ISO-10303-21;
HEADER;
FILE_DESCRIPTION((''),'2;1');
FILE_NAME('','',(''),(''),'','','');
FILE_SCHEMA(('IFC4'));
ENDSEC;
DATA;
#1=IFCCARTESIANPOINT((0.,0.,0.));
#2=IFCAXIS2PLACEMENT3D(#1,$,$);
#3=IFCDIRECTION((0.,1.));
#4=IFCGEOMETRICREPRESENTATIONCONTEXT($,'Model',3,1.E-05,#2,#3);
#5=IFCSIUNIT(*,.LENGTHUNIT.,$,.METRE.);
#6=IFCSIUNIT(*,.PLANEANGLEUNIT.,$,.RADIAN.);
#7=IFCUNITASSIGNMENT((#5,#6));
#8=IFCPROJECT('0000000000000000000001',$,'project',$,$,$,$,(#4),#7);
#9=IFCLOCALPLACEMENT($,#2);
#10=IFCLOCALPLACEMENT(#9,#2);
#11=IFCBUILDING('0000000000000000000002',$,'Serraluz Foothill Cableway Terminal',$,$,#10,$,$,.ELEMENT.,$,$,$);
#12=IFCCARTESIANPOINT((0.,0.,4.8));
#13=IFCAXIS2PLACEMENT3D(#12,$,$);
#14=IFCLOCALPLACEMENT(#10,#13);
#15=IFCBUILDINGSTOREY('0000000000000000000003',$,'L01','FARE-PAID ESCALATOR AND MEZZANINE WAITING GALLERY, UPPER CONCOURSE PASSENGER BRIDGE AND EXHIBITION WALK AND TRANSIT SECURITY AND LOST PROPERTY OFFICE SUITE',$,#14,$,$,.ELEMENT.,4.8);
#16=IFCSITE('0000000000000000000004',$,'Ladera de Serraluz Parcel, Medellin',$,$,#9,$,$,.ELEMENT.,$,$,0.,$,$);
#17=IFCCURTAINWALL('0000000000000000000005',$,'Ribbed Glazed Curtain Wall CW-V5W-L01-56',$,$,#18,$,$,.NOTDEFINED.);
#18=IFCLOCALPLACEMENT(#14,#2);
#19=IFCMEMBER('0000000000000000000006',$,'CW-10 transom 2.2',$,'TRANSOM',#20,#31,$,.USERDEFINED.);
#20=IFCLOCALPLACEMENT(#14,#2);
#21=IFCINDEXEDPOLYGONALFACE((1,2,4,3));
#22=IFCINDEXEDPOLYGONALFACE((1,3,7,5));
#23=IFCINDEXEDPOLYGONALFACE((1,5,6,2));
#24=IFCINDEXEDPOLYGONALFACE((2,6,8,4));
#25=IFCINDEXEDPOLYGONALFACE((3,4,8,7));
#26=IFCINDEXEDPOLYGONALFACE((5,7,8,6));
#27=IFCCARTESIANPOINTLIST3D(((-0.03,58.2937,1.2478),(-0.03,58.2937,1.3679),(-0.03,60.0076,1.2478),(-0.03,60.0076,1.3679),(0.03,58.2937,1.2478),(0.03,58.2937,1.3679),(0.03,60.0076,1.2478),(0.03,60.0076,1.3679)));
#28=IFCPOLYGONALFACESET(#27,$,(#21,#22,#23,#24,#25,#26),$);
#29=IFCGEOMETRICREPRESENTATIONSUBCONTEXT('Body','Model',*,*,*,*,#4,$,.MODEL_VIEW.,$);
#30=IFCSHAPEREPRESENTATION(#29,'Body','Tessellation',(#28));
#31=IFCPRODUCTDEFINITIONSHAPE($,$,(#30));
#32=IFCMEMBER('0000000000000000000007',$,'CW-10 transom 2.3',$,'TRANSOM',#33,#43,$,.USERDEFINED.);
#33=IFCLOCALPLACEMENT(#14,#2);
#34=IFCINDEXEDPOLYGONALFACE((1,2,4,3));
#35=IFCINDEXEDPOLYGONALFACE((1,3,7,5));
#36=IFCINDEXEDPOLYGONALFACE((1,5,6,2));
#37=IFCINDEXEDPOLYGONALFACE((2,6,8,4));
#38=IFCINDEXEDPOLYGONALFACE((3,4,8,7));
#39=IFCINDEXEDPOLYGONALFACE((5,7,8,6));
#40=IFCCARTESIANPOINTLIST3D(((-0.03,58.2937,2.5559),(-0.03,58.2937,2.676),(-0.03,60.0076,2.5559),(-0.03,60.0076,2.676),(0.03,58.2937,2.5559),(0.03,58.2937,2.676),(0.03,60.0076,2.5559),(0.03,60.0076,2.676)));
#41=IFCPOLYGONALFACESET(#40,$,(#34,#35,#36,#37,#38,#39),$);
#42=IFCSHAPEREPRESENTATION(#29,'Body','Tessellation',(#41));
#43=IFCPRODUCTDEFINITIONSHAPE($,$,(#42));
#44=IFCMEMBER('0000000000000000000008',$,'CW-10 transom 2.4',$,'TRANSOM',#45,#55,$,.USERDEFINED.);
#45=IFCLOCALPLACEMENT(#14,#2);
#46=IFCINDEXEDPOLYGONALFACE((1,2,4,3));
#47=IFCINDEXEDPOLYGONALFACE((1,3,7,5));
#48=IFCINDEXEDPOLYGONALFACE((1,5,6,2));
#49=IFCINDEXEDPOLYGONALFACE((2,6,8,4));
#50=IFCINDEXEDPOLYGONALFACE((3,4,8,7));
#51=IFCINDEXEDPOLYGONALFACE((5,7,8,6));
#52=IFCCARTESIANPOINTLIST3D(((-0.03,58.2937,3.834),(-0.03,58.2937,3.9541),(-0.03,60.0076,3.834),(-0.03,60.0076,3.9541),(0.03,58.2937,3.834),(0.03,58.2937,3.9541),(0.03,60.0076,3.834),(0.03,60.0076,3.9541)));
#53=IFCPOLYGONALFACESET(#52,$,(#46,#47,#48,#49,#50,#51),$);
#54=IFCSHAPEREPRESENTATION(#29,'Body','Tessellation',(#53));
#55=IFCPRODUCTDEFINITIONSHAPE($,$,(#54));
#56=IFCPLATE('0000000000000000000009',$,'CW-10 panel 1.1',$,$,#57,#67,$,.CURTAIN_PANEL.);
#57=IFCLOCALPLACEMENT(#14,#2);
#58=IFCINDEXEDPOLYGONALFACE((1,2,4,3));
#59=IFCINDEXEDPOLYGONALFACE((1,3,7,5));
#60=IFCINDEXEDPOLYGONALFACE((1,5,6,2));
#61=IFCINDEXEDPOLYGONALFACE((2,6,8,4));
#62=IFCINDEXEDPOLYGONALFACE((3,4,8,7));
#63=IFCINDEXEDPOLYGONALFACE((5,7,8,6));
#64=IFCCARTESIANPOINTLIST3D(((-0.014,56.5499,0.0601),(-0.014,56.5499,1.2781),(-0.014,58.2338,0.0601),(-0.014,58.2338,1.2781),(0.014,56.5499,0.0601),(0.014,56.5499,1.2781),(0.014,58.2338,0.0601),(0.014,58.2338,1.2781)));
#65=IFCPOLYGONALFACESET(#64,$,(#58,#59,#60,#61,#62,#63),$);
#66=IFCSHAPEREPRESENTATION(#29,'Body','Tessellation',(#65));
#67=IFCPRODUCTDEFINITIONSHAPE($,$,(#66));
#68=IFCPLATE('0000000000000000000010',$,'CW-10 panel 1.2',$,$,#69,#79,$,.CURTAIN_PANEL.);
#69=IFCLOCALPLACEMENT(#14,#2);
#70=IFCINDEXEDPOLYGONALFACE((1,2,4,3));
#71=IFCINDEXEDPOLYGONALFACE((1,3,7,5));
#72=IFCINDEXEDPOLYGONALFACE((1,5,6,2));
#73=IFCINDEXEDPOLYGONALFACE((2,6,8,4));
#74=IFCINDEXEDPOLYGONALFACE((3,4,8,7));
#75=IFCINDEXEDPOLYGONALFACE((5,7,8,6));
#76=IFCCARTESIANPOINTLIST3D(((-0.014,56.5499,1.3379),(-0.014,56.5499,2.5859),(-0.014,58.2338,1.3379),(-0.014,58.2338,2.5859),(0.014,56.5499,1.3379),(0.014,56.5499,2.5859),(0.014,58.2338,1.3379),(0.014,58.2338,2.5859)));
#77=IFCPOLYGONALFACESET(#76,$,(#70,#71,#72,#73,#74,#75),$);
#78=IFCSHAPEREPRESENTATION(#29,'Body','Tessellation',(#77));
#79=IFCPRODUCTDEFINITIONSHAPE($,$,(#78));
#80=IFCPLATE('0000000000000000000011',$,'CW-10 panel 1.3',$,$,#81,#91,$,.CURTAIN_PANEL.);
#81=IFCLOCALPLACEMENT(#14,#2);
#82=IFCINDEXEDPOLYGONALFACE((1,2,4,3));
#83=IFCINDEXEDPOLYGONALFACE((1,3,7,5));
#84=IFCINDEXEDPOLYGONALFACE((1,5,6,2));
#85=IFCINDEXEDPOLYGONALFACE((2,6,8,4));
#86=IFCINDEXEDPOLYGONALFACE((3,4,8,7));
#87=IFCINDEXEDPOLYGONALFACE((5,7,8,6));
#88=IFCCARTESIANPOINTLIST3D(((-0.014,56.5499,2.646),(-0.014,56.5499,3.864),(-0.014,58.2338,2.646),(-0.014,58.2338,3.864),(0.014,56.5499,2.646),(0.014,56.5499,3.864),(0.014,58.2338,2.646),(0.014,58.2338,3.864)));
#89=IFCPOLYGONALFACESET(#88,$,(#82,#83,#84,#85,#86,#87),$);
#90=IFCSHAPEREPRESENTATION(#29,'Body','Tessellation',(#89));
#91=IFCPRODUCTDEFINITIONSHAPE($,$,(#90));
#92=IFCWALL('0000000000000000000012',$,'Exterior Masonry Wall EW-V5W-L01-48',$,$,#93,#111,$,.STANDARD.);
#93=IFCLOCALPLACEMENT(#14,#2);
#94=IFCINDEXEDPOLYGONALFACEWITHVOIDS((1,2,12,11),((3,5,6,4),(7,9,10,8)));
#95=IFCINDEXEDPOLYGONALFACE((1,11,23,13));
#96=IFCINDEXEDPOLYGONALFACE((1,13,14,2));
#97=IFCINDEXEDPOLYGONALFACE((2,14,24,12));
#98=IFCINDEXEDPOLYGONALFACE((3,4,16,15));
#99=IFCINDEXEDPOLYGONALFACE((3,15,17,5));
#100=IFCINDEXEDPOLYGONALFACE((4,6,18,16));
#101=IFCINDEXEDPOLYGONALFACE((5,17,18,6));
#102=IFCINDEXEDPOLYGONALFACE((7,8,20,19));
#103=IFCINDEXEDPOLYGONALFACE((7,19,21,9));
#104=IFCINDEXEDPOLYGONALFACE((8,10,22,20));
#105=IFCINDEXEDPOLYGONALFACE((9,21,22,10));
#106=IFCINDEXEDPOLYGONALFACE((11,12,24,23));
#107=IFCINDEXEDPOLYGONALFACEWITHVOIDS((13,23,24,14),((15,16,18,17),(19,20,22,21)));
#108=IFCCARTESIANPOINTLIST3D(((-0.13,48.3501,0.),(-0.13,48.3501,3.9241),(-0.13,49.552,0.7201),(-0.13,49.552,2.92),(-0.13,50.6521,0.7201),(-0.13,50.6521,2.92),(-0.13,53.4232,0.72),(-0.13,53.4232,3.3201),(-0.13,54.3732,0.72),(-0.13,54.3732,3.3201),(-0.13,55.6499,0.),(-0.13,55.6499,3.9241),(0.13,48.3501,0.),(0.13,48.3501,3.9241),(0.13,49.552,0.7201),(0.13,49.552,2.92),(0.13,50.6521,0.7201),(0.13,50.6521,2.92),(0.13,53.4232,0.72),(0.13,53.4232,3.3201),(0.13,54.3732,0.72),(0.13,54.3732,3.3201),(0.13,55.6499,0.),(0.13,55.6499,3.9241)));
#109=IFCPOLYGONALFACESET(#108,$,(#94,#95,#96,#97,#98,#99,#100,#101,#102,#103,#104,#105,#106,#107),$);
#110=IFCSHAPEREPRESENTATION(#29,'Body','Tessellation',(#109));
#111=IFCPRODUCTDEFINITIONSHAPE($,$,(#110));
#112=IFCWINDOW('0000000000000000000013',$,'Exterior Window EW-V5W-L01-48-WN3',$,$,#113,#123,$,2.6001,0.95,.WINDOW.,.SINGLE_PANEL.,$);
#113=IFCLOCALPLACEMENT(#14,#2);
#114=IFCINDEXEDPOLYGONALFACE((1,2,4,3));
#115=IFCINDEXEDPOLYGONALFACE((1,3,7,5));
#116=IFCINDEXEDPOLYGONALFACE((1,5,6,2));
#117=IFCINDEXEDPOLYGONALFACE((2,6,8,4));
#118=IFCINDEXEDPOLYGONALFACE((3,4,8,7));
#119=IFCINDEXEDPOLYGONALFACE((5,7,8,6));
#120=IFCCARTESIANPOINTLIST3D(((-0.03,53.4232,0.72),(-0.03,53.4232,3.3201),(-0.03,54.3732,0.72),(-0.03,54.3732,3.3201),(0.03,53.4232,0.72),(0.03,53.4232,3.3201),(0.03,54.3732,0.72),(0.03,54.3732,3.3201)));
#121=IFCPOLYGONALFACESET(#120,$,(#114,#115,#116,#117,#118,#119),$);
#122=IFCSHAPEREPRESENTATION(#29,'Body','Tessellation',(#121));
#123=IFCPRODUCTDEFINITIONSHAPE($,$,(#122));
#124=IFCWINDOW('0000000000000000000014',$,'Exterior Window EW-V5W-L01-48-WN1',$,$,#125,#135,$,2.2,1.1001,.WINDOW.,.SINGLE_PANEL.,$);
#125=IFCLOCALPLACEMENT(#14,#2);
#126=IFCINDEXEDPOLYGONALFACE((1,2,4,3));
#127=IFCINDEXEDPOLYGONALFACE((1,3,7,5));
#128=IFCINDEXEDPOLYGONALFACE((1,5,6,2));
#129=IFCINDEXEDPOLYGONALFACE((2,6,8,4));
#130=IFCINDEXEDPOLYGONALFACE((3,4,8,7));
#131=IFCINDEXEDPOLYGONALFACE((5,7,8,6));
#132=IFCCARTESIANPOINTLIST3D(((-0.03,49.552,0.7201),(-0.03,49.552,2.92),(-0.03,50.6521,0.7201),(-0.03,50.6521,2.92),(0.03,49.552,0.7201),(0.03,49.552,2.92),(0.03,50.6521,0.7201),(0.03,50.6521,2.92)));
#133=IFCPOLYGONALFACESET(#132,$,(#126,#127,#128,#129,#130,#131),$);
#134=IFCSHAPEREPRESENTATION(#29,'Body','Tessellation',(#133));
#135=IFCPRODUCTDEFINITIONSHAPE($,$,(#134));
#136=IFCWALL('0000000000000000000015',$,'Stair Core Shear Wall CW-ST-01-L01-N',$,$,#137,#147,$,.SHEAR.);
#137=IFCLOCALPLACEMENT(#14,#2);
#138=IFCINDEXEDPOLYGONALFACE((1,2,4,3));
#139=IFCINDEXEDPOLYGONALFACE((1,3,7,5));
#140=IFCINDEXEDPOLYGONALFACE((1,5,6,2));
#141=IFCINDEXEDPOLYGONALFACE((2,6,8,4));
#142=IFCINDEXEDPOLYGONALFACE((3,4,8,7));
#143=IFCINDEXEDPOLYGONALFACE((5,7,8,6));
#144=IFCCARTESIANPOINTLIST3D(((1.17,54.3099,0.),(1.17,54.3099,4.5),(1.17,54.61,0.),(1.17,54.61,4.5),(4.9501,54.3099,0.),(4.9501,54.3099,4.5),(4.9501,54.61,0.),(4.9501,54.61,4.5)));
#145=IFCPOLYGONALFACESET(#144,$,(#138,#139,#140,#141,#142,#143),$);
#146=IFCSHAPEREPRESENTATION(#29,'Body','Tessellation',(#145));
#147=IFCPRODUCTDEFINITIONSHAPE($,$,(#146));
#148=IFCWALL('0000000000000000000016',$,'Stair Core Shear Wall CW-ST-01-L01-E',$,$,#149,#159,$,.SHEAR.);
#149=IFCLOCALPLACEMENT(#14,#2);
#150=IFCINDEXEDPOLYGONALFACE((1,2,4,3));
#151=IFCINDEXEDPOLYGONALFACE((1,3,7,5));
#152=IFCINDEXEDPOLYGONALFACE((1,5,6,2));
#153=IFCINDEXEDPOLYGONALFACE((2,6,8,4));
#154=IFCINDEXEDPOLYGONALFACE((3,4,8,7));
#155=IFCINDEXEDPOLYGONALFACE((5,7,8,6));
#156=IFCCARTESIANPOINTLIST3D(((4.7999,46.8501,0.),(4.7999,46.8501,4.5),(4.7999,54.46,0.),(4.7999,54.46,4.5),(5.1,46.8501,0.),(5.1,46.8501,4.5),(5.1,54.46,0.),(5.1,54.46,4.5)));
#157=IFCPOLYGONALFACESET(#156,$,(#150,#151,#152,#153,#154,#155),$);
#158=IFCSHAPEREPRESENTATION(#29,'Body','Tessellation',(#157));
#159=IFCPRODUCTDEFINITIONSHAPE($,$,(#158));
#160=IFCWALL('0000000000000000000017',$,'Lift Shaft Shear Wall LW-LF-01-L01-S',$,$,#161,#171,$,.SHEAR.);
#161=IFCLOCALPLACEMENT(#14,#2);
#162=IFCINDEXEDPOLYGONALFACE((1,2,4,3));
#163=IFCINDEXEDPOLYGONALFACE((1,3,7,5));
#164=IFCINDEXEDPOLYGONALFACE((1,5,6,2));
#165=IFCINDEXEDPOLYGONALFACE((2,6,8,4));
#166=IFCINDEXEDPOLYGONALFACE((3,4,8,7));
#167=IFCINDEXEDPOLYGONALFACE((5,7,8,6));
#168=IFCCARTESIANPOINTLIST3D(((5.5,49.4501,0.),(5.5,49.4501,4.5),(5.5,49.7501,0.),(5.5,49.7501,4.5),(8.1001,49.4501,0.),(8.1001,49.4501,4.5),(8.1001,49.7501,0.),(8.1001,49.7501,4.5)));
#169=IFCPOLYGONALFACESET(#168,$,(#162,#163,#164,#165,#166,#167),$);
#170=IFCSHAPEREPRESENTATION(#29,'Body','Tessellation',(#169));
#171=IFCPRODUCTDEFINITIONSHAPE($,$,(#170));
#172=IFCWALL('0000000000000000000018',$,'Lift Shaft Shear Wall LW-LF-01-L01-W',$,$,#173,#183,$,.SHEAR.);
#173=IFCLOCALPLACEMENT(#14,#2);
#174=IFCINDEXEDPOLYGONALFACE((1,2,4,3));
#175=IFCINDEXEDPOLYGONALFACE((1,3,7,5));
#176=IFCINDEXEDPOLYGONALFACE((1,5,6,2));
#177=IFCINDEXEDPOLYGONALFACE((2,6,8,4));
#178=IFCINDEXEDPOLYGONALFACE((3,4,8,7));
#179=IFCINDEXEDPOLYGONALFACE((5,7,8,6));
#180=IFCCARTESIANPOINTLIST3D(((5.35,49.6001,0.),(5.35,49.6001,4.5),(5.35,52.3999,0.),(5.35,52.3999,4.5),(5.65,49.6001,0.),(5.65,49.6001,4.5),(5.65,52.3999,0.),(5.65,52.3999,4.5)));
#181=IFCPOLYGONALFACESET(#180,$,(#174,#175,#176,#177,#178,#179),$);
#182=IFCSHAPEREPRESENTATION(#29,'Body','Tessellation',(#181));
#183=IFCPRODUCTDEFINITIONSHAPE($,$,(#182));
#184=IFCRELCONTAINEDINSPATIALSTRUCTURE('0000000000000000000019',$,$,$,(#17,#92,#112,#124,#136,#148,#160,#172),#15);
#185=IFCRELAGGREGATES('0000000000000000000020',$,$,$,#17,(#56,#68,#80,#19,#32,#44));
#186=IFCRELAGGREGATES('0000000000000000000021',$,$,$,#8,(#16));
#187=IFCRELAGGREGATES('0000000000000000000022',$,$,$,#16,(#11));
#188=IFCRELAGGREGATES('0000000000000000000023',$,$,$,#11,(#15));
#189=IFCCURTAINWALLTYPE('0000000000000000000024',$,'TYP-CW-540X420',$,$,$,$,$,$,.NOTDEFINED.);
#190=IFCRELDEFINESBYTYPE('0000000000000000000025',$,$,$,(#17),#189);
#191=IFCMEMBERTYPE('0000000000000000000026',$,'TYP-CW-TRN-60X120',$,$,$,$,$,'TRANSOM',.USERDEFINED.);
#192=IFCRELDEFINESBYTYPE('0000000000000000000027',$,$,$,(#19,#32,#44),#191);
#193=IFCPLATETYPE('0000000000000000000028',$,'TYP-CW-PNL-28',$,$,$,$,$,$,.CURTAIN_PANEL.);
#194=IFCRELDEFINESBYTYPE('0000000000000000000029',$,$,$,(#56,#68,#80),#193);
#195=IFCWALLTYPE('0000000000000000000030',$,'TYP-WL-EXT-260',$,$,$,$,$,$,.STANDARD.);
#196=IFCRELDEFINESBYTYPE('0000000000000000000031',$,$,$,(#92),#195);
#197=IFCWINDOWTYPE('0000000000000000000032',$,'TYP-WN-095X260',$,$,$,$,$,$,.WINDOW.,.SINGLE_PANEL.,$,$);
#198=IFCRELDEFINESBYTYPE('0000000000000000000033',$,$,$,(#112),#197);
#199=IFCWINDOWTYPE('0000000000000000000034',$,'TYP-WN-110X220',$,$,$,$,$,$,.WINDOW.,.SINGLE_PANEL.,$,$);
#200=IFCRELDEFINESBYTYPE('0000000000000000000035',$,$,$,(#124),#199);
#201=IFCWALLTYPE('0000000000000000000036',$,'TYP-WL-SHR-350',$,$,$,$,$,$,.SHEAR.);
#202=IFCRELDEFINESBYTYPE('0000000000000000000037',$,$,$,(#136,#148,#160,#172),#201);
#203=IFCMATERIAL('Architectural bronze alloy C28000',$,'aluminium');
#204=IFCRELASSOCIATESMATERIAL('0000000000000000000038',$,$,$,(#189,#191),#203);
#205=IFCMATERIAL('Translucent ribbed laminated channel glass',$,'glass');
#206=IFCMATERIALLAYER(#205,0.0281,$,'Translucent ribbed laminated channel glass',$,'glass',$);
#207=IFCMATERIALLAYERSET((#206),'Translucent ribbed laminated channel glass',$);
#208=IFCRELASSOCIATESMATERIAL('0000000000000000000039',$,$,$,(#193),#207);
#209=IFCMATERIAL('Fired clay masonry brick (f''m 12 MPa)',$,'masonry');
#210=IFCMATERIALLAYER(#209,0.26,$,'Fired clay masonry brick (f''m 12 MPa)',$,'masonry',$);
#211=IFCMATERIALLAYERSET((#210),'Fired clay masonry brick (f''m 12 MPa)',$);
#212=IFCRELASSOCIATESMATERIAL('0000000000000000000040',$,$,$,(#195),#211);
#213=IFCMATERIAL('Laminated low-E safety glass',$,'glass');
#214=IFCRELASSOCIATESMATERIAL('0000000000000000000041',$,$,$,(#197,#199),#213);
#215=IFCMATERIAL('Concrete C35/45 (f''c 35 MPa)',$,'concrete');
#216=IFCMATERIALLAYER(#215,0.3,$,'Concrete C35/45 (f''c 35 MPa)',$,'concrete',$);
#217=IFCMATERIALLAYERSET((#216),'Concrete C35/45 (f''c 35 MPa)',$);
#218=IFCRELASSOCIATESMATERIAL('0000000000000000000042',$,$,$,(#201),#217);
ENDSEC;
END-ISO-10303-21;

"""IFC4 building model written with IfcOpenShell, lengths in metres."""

from ifc_helpers import new_model, si_unit, direction, frame, frame_2d, origin, origin_2d, place, context, subcontext, project, spatial, rectangle, extrude, material, layer, layer_set, material_profile, profile_set, type_object, element, fill, aggregate, save


model = new_model("IFC4")

# Units and contexts
model_context = context("Model", 3, precision=1e-05, world=origin(), true_north=direction((0.0, 1.0)))
body_context = subcontext(model_context, "Body", "Model", "MODEL_VIEW")
ifc_project = project(units=[si_unit("LENGTHUNIT", "METRE"), si_unit("PLANEANGLEUNIT", "RADIAN")], contexts=[model_context])

# Site, building, storey
site_placement = place(None, origin())
site = spatial("IfcSite", under=ifc_project, at=site_placement, Name="Ladera de Serraluz Parcel, Medellin", CompositionType="ELEMENT", RefElevation=0.0)
building_placement = place(site_placement, origin())
building = spatial("IfcBuilding", under=site, at=building_placement, Name="Serraluz Foothill Cableway Terminal", CompositionType="ELEMENT")
storey_placement = place(building_placement, frame((0.0, 0.0, 4.8)))
storey = spatial("IfcBuildingStorey", under=building, at=storey_placement, Name="L01", Description="FARE-PAID ESCALATOR AND MEZZANINE WAITING GALLERY, UPPER CONCOURSE PASSENGER BRIDGE AND EXHIBITION WALK AND TRANSIT SECURITY AND LOST PROPERTY OFFICE SUITE", CompositionType="ELEMENT", Elevation=4.8)

# Shared definitions
ifc_material_1 = material(Name="Concrete C35/45 (f'c 35 MPa)", Category="concrete")
ifc_material_2 = material(Name="Fired clay masonry brick (f'm 12 MPa)", Category="masonry")

# Curtain wall, members, plates
ifc_material_3 = material(Name="Architectural bronze alloy C28000", Category="aluminium")
curtain_wall_type = type_object("IfcCurtainWallType", Name="TYP-CW-540X420", PredefinedType="NOTDEFINED", material=ifc_material_3)
curtain_wall_placement = place(storey_placement, origin())
curtain_wall = element("IfcCurtainWall", 1, at=curtain_wall_placement, inside=storey, type_object=curtain_wall_type, Name="Ribbed Glazed Curtain Wall CW-V5W-L01-56", PredefinedType="NOTDEFINED")
ifc_material_profile_1 = material_profile(ifc_material_3, rectangle(XDim=0.0601, YDim=0.1201, at=origin_2d()), Name="ALU TRANSOM 60x120")
ifc_profile_set_1 = profile_set([ifc_material_profile_1], Name="Architectural bronze alloy C28000")
member_type_1 = type_object("IfcMemberType", Name="TYP-CW-TRN-60X120", ElementType="TRANSOM", PredefinedType="USERDEFINED", material=ifc_profile_set_1)
member_1_placement = place(storey_placement, frame((0.0, 58.2937, 1.3079), z_axis=(0.0, 1.0, 0.0), x_axis=(-1.0, 0.0, 0.0)))
member_1 = element("IfcMember", 2, at=member_1_placement, type_object=member_type_1, Name="CW-10 transom 2.2", ObjectType="TRANSOM", PredefinedType="USERDEFINED", context=body_context, shape_type="SweptSolid", body=[
    extrude(rectangle(XDim=0.0601, YDim=0.1201, at=origin_2d()), origin(), (0.0, 0.0, 1.0), 1.7139),
])
member_2_placement = place(storey_placement, frame((0.0, 58.2937, 2.616), z_axis=(0.0, 1.0, 0.0), x_axis=(-1.0, 0.0, 0.0)))
member_2 = element("IfcMember", 3, at=member_2_placement, type_object=member_type_1, Name="CW-10 transom 2.3", ObjectType="TRANSOM", PredefinedType="USERDEFINED", context=body_context, shape_type="SweptSolid", body=[
    extrude(rectangle(XDim=0.0601, YDim=0.1201, at=origin_2d()), origin(), (0.0, 0.0, 1.0), 1.7139),
])
member_3_placement = place(storey_placement, frame((0.0, 58.2937, 3.894), z_axis=(0.0, 1.0, 0.0), x_axis=(-1.0, 0.0, 0.0)))
member_3 = element("IfcMember", 4, at=member_3_placement, type_object=member_type_1, Name="CW-10 transom 2.4", ObjectType="TRANSOM", PredefinedType="USERDEFINED", context=body_context, shape_type="SweptSolid", body=[
    extrude(rectangle(XDim=0.0601, YDim=0.1201, at=origin_2d()), origin(), (0.0, 0.0, 1.0), 1.7139),
])
ifc_material_4 = material(Name="Translucent ribbed laminated channel glass", Category="glass")
ifc_layer_1 = layer(ifc_material_4, 0.0281, Name="Translucent ribbed laminated channel glass", Category="glass")
ifc_layer_set_1 = layer_set([ifc_layer_1], Name="Translucent ribbed laminated channel glass")
plate_type = type_object("IfcPlateType", Name="TYP-CW-PNL-28", PredefinedType="CURTAIN_PANEL", material=ifc_layer_set_1)
plate_1_placement = place(storey_placement, frame((0.0, 57.3918, 0.0601), z_axis=(0.0, 0.0, 1.0), x_axis=(0.0, 1.0, 0.0)))
plate_1 = element("IfcPlate", 5, at=plate_1_placement, type_object=plate_type, Name="CW-10 panel 1.1", PredefinedType="CURTAIN_PANEL", context=body_context, shape_type="SweptSolid", body=[
    extrude(rectangle(XDim=1.6838, YDim=0.0281, at=origin_2d()), origin(), (0.0, 0.0, 1.0), 1.218),
])
plate_2_placement = place(storey_placement, frame((0.0, 57.3918, 1.3379), z_axis=(0.0, 0.0, 1.0), x_axis=(0.0, 1.0, 0.0)))
plate_2 = element("IfcPlate", 6, at=plate_2_placement, type_object=plate_type, Name="CW-10 panel 1.2", PredefinedType="CURTAIN_PANEL", context=body_context, shape_type="SweptSolid", body=[
    extrude(rectangle(XDim=1.6838, YDim=0.0281, at=origin_2d()), origin(), (0.0, 0.0, 1.0), 1.248),
])
plate_3_placement = place(storey_placement, frame((0.0, 57.3918, 2.646), z_axis=(0.0, 0.0, 1.0), x_axis=(0.0, 1.0, 0.0)))
plate_3 = element("IfcPlate", 7, at=plate_3_placement, type_object=plate_type, Name="CW-10 panel 1.3", PredefinedType="CURTAIN_PANEL", context=body_context, shape_type="SweptSolid", body=[
    extrude(rectangle(XDim=1.6838, YDim=0.0281, at=origin_2d()), origin(), (0.0, 0.0, 1.0), 1.218),
])
aggregate(curtain_wall, [plate_1, plate_2, plate_3, member_1, member_2, member_3])

# Wall, openings, windows
ifc_layer_2 = layer(ifc_material_2, 0.26, Name="Fired clay masonry brick (f'm 12 MPa)", Category="masonry")
ifc_layer_set_2 = layer_set([ifc_layer_2], Name="Fired clay masonry brick (f'm 12 MPa)")
wall_type_1 = type_object("IfcWallType", Name="TYP-WL-EXT-260", PredefinedType="STANDARD", material=ifc_layer_set_2)
wall_1_placement = place(storey_placement, frame((0.0, 48.3501, 0.0), z_axis=(0.0, 0.0, 1.0), x_axis=(0.0, 1.0, 0.0)))
wall_1 = element("IfcWall", 8, at=wall_1_placement, inside=storey, type_object=wall_type_1, Name="Exterior Masonry Wall EW-V5W-L01-48", PredefinedType="STANDARD", context=body_context, shape_type="SweptSolid", body=[
    extrude(rectangle(XDim=7.2998, YDim=0.26, at=frame_2d((3.6499, 0.0))), origin(), (0.0, 0.0, 1.0), 3.9241),
])
opening_1_placement = place(wall_1_placement, frame((1.2019, 0.0, 0.72)))
opening_1 = element("IfcOpeningElement", 9, at=opening_1_placement, cuts=wall_1, PredefinedType="OPENING", context=body_context, shape_type="SweptSolid", body=[
    extrude(rectangle(XDim=1.1001, YDim=2.2, at=frame_2d((0.55, 1.1001))), frame((0.0, 0.1401, 0.0), z_axis=(0.0, -1.0, 0.0), x_axis=(1.0, 0.0, 0.0)), (0.0, 0.0, 1.0), 0.28),
])
opening_2_placement = place(wall_1_placement, frame((5.073, 0.0, 0.72)))
opening_2 = element("IfcOpeningElement", 10, at=opening_2_placement, cuts=wall_1, PredefinedType="OPENING", context=body_context, shape_type="SweptSolid", body=[
    extrude(rectangle(XDim=0.95, YDim=2.6001, at=frame_2d((0.4751, 1.3))), frame((0.0, 0.1401, 0.0), z_axis=(0.0, -1.0, 0.0), x_axis=(1.0, 0.0, 0.0)), (0.0, 0.0, 1.0), 0.28),
])
ifc_material_5 = material(Name="Laminated low-E safety glass", Category="glass")
window_type_1 = type_object("IfcWindowType", Name="TYP-WN-095X260", PartitioningType="SINGLE_PANEL", PredefinedType="WINDOW", material=ifc_material_5)
window_1_placement = place(opening_2_placement, origin())
window_1 = element("IfcWindow", 11, at=window_1_placement, inside=storey, type_object=window_type_1, Name="Exterior Window EW-V5W-L01-48-WN3", OverallHeight=2.6001, OverallWidth=0.95, PartitioningType="SINGLE_PANEL", PredefinedType="WINDOW", context=body_context, shape_type="SweptSolid", body=[
    extrude(rectangle(XDim=0.95, YDim=2.6001, at=frame_2d((0.4751, 1.3))), frame((0.0, 0.03, 0.0), z_axis=(0.0, -1.0, 0.0), x_axis=(1.0, 0.0, 0.0)), (0.0, 0.0, 1.0), 0.0601),
])
fill(opening_2, window_1)
window_type_2 = type_object("IfcWindowType", Name="TYP-WN-110X220", PartitioningType="SINGLE_PANEL", PredefinedType="WINDOW", material=ifc_material_5)
window_2_placement = place(opening_1_placement, origin())
window_2 = element("IfcWindow", 12, at=window_2_placement, inside=storey, type_object=window_type_2, Name="Exterior Window EW-V5W-L01-48-WN1", OverallHeight=2.2, OverallWidth=1.1001, PartitioningType="SINGLE_PANEL", PredefinedType="WINDOW", context=body_context, shape_type="SweptSolid", body=[
    extrude(rectangle(XDim=1.1001, YDim=2.2, at=frame_2d((0.55, 1.1001))), frame((0.0, 0.03, 0.0), z_axis=(0.0, -1.0, 0.0), x_axis=(1.0, 0.0, 0.0)), (0.0, 0.0, 1.0), 0.0601),
])
fill(opening_1, window_2)

# Walls
ifc_layer_3 = layer(ifc_material_1, 0.3, Name="Concrete C35/45 (f'c 35 MPa)", Category="concrete")
ifc_layer_set_3 = layer_set([ifc_layer_3], Name="Concrete C35/45 (f'c 35 MPa)")
wall_type_2 = type_object("IfcWallType", Name="TYP-WL-SHR-350", PredefinedType="SHEAR", material=ifc_layer_set_3)
wall_2_placement = place(storey_placement, frame((1.1699, 54.46, 0.0), z_axis=(0.0, 0.0, 1.0), x_axis=(1.0, 0.0, 0.0)))
element("IfcWall", 13, at=wall_2_placement, inside=storey, type_object=wall_type_2, Name="Stair Core Shear Wall CW-ST-01-L01-N", PredefinedType="SHEAR", context=body_context, shape_type="SweptSolid", body=[
    extrude(rectangle(XDim=3.78, YDim=0.3, at=frame_2d((1.8901, 0.0))), origin(), (0.0, 0.0, 1.0), 4.5),
])
wall_3_placement = place(storey_placement, frame((4.95, 54.46, 0.0), z_axis=(0.0, 0.0, 1.0), x_axis=(0.0, -1.0, 0.0)))
element("IfcWall", 14, at=wall_3_placement, inside=storey, type_object=wall_type_2, Name="Stair Core Shear Wall CW-ST-01-L01-E", PredefinedType="SHEAR", context=body_context, shape_type="SweptSolid", body=[
    extrude(rectangle(XDim=7.6099, YDim=0.3, at=frame_2d((3.8049, 0.0))), origin(), (0.0, 0.0, 1.0), 4.5),
])
wall_4_placement = place(storey_placement, frame((8.1001, 49.6001, 0.0), z_axis=(0.0, 0.0, 1.0), x_axis=(-1.0, 0.0, 0.0)))
element("IfcWall", 15, at=wall_4_placement, inside=storey, type_object=wall_type_2, Name="Lift Shaft Shear Wall LW-LF-01-L01-S", PredefinedType="SHEAR", context=body_context, shape_type="SweptSolid", body=[
    extrude(rectangle(XDim=2.6001, YDim=0.3, at=frame_2d((1.3, 0.0))), origin(), (0.0, 0.0, 1.0), 4.5),
])
wall_5_placement = place(storey_placement, frame((5.5, 49.6001, 0.0), z_axis=(0.0, 0.0, 1.0), x_axis=(0.0, 1.0, 0.0)))
element("IfcWall", 16, at=wall_5_placement, inside=storey, type_object=wall_type_2, Name="Lift Shaft Shear Wall LW-LF-01-L01-W", PredefinedType="SHEAR", context=body_context, shape_type="SweptSolid", body=[
    extrude(rectangle(XDim=2.7998, YDim=0.3, at=frame_2d((1.3999, 0.0))), origin(), (0.0, 0.0, 1.0), 4.5),
])

save(model, "model.ifc")
